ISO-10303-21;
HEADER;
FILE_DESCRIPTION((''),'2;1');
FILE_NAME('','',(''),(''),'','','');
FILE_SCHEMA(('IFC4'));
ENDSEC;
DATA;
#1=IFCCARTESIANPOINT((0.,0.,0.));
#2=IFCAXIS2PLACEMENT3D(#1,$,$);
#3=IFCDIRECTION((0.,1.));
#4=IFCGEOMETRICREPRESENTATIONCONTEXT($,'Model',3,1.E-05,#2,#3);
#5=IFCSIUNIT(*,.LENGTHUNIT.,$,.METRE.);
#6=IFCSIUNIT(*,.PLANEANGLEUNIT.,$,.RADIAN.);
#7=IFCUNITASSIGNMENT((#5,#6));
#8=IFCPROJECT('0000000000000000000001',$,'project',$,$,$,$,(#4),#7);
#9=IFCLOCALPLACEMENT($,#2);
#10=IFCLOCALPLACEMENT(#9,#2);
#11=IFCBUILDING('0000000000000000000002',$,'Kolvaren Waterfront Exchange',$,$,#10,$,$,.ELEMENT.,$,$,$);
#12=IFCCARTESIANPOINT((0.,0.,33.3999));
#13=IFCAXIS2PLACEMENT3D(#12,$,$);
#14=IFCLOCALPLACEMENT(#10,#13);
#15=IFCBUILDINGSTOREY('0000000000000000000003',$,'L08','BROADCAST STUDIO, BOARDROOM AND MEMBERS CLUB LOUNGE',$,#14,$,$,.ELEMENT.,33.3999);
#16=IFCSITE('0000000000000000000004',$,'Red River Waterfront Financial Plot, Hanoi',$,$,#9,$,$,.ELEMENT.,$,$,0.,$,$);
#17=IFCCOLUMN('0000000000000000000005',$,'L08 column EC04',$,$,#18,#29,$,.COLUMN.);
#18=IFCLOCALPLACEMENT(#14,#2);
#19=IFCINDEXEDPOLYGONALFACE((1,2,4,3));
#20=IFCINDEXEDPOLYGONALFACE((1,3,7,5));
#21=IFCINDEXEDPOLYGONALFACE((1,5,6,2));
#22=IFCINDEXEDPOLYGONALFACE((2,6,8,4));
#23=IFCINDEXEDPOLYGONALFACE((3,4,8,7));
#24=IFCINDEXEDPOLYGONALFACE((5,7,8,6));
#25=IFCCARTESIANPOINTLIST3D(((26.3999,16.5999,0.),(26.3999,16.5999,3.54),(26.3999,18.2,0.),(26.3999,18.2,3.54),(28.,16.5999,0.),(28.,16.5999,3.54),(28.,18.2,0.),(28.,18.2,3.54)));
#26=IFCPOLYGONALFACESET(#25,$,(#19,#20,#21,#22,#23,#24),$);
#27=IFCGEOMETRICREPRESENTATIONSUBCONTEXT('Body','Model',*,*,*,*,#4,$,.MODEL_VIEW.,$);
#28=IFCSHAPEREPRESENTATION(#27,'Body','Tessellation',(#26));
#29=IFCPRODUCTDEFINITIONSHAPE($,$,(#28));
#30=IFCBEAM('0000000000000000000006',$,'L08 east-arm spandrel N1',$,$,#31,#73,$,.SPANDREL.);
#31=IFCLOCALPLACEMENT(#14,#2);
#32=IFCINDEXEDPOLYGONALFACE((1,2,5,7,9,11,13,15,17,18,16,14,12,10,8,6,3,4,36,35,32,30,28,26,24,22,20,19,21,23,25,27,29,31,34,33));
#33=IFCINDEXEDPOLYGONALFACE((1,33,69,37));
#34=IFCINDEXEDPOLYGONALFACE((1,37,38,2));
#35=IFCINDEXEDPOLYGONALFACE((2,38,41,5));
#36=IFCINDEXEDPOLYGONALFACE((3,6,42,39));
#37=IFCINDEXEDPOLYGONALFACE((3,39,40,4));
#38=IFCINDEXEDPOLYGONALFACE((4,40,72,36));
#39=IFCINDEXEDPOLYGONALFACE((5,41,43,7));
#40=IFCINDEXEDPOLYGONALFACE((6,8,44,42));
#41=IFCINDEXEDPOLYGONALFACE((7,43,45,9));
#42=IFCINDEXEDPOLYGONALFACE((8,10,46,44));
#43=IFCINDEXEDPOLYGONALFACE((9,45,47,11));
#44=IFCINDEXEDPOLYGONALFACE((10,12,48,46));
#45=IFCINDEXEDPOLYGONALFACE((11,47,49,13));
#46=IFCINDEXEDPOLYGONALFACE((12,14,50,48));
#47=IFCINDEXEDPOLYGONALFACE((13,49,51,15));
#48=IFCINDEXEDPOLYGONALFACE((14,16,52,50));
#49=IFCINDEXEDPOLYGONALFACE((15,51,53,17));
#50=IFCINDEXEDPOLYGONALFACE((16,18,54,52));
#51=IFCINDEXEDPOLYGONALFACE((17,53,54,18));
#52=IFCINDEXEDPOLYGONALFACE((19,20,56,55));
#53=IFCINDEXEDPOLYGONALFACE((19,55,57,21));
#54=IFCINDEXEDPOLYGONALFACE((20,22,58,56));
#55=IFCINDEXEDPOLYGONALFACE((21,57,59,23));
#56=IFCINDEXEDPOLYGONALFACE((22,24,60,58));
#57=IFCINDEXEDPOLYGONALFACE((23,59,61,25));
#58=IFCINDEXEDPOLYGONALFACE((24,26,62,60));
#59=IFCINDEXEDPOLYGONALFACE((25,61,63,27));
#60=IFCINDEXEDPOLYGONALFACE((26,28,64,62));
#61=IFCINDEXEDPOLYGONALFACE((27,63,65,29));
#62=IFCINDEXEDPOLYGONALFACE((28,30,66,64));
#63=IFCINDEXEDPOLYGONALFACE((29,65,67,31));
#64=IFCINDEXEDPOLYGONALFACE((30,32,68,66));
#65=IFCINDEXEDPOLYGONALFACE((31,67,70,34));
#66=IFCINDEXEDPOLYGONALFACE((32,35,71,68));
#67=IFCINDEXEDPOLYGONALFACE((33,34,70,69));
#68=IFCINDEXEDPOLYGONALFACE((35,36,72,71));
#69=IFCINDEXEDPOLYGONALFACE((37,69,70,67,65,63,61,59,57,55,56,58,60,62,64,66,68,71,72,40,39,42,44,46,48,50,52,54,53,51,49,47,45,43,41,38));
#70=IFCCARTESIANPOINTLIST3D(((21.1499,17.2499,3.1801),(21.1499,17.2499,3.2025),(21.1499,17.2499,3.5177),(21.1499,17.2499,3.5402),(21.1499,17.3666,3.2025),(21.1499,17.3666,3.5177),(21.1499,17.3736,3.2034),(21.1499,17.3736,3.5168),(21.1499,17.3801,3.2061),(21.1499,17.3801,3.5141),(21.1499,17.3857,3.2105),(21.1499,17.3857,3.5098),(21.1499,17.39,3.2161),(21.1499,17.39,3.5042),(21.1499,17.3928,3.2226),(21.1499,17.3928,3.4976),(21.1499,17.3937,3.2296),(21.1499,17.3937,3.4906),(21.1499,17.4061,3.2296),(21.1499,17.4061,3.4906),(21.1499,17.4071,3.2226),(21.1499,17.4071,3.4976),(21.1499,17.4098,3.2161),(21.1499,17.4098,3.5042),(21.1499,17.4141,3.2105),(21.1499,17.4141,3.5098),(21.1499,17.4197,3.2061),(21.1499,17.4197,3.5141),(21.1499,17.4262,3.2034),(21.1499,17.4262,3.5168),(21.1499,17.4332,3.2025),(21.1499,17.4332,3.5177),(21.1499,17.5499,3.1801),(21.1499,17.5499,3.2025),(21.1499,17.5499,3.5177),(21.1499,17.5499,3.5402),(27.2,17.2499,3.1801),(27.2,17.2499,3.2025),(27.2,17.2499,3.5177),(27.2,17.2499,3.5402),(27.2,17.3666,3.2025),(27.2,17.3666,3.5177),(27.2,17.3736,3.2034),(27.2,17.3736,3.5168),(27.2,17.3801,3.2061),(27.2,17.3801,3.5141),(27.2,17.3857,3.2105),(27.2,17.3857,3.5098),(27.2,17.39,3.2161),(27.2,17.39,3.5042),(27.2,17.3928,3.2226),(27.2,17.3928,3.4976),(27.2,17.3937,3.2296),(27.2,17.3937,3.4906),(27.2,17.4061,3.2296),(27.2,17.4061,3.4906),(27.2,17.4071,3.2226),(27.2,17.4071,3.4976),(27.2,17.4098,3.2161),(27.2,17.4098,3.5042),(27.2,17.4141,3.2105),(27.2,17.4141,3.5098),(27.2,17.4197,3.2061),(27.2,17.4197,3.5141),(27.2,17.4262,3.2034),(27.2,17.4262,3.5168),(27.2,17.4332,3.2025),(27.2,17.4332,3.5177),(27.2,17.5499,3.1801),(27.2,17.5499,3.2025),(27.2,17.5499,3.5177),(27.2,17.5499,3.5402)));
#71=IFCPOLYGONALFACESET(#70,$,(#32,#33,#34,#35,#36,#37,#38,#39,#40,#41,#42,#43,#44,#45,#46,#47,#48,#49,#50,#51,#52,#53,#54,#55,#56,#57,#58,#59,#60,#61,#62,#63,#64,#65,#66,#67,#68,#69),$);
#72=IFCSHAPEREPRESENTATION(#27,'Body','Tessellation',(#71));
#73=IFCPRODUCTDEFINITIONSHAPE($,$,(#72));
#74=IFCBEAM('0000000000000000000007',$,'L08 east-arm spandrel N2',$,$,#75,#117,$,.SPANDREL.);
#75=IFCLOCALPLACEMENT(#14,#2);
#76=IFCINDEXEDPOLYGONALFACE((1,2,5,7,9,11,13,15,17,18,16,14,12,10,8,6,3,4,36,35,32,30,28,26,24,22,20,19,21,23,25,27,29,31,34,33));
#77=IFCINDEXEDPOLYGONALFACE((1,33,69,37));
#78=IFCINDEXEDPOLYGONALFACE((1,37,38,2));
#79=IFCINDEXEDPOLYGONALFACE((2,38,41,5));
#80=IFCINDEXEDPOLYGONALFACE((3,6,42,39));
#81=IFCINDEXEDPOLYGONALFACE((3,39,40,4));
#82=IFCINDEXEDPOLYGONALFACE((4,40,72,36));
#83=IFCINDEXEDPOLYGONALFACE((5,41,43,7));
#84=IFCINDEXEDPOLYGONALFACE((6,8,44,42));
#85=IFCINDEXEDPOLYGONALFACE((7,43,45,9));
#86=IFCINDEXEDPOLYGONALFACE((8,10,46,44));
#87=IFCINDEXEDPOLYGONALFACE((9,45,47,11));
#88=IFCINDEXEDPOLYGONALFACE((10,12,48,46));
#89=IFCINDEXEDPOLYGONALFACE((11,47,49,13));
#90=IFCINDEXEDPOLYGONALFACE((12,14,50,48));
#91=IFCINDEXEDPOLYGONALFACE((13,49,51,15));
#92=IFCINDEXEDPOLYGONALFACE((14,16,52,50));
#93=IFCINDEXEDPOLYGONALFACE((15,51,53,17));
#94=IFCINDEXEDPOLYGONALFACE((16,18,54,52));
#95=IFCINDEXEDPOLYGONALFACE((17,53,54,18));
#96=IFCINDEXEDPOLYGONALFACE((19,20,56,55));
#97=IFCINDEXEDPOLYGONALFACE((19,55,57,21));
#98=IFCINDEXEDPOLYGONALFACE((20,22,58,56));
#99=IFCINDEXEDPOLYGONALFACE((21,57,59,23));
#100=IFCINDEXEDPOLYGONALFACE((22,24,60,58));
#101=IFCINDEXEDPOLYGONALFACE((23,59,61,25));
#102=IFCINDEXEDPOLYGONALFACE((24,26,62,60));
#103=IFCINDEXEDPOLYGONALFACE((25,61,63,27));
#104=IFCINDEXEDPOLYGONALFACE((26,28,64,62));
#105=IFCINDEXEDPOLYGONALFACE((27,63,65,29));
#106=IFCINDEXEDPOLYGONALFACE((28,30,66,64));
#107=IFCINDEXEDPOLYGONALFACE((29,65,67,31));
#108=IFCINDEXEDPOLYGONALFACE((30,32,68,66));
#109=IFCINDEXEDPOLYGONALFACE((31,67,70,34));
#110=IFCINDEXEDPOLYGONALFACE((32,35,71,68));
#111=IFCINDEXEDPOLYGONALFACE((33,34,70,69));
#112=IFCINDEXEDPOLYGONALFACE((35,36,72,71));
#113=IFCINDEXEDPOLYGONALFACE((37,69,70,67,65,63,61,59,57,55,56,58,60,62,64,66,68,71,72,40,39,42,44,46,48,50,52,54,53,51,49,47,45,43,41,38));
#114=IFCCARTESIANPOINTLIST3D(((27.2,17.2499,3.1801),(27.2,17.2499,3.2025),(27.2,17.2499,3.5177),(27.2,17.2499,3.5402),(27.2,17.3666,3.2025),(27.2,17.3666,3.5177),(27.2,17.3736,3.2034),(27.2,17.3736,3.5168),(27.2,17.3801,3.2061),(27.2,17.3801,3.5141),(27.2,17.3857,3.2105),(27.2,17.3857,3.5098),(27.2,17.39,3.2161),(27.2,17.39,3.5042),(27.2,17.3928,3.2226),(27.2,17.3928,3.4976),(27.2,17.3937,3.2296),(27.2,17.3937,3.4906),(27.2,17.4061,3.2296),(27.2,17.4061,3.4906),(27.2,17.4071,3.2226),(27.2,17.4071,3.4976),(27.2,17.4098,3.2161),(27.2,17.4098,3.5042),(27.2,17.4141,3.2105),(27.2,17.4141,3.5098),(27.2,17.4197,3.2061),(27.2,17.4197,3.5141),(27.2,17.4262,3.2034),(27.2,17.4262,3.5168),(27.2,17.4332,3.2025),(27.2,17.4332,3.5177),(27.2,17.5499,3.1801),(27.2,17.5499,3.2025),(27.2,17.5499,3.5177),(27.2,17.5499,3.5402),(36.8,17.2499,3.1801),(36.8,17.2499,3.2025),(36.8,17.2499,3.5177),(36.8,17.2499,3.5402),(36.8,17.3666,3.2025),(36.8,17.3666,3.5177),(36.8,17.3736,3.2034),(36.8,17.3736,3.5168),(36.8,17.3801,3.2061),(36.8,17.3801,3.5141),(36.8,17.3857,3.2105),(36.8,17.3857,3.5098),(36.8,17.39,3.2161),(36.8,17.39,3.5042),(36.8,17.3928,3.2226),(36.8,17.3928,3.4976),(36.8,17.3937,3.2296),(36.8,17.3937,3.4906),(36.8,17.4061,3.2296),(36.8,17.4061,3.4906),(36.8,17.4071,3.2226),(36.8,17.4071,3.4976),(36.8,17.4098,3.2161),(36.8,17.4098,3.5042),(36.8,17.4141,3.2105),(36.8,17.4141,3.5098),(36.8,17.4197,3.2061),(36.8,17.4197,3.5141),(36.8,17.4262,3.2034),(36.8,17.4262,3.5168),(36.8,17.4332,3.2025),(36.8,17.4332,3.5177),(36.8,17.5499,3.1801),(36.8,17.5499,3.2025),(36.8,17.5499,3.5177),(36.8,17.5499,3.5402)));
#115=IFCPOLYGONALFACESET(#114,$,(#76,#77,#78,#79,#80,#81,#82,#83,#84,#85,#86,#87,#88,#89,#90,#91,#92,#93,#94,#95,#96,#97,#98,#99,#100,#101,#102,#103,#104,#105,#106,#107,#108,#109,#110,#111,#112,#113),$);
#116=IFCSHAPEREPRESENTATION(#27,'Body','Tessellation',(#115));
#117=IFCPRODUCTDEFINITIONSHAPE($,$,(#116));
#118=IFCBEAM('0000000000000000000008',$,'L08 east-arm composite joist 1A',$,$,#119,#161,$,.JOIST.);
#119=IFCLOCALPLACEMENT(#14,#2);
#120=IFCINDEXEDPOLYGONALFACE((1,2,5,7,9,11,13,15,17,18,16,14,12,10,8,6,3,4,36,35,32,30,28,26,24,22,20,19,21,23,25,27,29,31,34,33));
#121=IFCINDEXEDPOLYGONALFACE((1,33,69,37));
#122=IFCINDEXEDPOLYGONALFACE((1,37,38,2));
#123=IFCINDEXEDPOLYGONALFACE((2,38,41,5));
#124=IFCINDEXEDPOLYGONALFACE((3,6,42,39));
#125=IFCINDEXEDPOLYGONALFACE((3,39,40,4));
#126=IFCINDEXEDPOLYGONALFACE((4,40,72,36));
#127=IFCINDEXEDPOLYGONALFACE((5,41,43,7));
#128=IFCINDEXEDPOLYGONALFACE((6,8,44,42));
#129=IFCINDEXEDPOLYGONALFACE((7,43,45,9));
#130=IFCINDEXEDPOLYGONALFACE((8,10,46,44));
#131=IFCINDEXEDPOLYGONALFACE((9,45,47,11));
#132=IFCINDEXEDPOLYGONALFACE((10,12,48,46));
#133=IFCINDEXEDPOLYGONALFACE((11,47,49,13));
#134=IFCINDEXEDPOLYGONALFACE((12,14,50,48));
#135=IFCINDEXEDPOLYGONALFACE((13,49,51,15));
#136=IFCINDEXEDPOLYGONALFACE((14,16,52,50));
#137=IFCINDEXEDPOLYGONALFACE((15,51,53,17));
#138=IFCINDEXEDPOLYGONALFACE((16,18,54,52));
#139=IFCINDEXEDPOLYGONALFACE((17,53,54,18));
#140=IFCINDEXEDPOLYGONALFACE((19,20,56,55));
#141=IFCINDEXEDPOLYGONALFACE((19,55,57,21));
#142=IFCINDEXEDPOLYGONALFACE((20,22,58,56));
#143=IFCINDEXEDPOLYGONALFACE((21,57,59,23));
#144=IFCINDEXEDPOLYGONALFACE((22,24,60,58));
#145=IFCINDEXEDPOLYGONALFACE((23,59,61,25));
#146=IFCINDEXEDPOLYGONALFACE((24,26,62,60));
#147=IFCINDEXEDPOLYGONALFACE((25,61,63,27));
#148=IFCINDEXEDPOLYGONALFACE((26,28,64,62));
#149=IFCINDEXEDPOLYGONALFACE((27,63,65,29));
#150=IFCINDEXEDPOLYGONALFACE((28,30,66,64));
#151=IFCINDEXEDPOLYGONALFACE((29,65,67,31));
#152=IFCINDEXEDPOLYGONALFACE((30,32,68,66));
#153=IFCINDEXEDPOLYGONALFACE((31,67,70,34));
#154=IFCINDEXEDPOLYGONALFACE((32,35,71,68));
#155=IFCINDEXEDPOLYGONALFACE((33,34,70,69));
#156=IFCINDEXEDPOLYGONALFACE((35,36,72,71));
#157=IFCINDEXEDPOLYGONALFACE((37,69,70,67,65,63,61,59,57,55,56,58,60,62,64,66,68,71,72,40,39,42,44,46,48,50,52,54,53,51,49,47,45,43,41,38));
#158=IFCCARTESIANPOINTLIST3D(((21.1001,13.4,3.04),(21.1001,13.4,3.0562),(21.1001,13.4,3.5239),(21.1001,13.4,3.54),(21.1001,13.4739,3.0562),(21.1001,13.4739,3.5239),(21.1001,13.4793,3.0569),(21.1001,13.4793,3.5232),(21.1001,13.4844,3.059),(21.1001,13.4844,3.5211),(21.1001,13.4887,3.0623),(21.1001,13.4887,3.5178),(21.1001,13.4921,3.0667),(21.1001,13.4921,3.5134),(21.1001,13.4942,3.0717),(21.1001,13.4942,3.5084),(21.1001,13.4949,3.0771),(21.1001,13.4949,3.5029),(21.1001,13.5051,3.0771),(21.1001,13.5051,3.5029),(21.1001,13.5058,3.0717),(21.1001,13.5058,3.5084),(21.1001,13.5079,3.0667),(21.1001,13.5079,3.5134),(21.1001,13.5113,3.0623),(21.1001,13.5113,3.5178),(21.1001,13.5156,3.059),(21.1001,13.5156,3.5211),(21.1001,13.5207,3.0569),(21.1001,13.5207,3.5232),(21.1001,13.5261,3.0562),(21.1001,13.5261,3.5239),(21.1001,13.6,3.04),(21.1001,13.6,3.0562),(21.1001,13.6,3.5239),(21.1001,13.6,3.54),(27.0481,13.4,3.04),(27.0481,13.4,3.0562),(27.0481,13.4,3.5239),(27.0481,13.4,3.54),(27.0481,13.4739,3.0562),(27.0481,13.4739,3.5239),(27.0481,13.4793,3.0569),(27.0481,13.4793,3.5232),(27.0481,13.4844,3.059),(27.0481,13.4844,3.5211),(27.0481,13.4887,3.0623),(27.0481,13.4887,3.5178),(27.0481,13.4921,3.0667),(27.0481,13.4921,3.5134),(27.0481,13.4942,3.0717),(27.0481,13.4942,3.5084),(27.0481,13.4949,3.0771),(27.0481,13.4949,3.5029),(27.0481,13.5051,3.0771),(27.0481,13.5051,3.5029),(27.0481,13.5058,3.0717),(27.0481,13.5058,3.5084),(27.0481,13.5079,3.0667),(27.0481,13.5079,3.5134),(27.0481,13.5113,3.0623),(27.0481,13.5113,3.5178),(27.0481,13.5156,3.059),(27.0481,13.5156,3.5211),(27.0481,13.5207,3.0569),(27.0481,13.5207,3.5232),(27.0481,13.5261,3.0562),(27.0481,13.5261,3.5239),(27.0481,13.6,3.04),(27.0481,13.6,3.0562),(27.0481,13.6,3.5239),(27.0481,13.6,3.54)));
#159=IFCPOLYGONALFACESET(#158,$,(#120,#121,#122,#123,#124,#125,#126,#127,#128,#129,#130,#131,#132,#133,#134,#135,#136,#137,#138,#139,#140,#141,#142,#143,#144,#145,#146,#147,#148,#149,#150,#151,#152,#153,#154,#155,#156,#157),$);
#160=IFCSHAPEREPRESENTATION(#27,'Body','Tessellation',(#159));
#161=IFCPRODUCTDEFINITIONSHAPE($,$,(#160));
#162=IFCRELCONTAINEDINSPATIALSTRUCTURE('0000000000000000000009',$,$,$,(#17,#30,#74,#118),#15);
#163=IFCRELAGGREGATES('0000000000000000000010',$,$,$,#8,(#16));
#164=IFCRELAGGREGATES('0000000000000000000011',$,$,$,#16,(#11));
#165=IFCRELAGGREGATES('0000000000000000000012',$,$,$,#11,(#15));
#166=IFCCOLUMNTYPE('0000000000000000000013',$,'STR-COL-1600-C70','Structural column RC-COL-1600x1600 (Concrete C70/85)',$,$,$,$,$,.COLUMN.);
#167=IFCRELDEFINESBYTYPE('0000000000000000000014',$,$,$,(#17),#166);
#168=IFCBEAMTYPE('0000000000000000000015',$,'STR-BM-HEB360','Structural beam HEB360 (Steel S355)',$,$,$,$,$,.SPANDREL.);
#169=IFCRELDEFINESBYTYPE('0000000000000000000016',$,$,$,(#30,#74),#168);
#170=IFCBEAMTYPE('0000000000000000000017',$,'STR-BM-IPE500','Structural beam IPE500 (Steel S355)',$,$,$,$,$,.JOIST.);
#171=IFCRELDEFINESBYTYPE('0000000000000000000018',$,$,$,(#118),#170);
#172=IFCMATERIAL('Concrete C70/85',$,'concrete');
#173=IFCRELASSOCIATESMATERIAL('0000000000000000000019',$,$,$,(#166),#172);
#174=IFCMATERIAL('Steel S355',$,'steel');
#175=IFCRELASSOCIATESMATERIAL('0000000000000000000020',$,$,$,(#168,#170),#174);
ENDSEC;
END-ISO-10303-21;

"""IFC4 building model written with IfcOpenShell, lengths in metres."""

from ifc_helpers import new_model, si_unit, direction, frame, origin, origin_2d, place, context, subcontext, project, spatial, rectangle, i_section, extrude, material, material_profile, profile_set, type_object, element, save


model = new_model("IFC4")

# Units and contexts
model_context = context("Model", 3, precision=1e-05, world=origin(), true_north=direction((0.0, 1.0)))
body_context = subcontext(model_context, "Body", "Model", "MODEL_VIEW")
ifc_project = project(units=[si_unit("LENGTHUNIT", "METRE"), si_unit("PLANEANGLEUNIT", "RADIAN")], contexts=[model_context])

# Site, building, storey
site_placement = place(None, origin())
site = spatial("IfcSite", under=ifc_project, at=site_placement, Name="Red River Waterfront Financial Plot, Hanoi", CompositionType="ELEMENT", RefElevation=0.0)
building_placement = place(site_placement, origin())
building = spatial("IfcBuilding", under=site, at=building_placement, Name="Kolvaren Waterfront Exchange", CompositionType="ELEMENT")
storey_placement = place(building_placement, frame((0.0, 0.0, 33.3999)))
storey = spatial("IfcBuildingStorey", under=building, at=storey_placement, Name="L08", Description="BROADCAST STUDIO, BOARDROOM AND MEMBERS CLUB LOUNGE", CompositionType="ELEMENT", Elevation=33.3999)

# Column
ifc_material_1 = material(Name="Concrete C70/85", Category="concrete")
ifc_material_profile_1 = material_profile(ifc_material_1, rectangle(XDim=1.6001, YDim=1.6001, at=origin_2d()), Name="RC-COL-1600x1600")
ifc_profile_set_1 = profile_set([ifc_material_profile_1], Name="Concrete C70/85")
column_type = type_object("IfcColumnType", Name="STR-COL-1600-C70", Description="Structural column RC-COL-1600x1600 (Concrete C70/85)", PredefinedType="COLUMN", material=ifc_profile_set_1)
column_placement = place(storey_placement, frame((27.2, 17.3999, 0.0), z_axis=(0.0, 0.0, 1.0), x_axis=(1.0, 0.0, 0.0)))
element("IfcColumn", 1, at=column_placement, inside=storey, type_object=column_type, Name="L08 column EC04", PredefinedType="COLUMN", context=body_context, shape_type="SweptSolid", body=[
    extrude(rectangle(XDim=1.6001, YDim=1.6001, at=origin_2d()), origin(), (0.0, 0.0, 1.0), 3.54),
])

# Beams
ifc_material_2 = material(Name="Steel S355", Category="steel")
ifc_material_profile_2 = material_profile(ifc_material_2, i_section(OverallWidth=0.3, OverallDepth=0.3601, WebThickness=0.0125, FlangeThickness=0.0225, FilletRadius=0.0271, at=origin_2d()), Name="HEB360")
ifc_profile_set_2 = profile_set([ifc_material_profile_2], Name="Steel S355")
beam_type_1 = type_object("IfcBeamType", Name="STR-BM-HEB360", Description="Structural beam HEB360 (Steel S355)", PredefinedType="SPANDREL", material=ifc_profile_set_2)
beam_1_placement = place(storey_placement, frame((21.1499, 17.3999, 3.3601), z_axis=(1.0, 0.0, 0.0), x_axis=(0.0, 1.0, 0.0)))
element("IfcBeam", 2, at=beam_1_placement, inside=storey, type_object=beam_type_1, Name="L08 east-arm spandrel N1", PredefinedType="SPANDREL", context=body_context, shape_type="SweptSolid", body=[
    extrude(i_section(OverallWidth=0.3, OverallDepth=0.3601, WebThickness=0.0125, FlangeThickness=0.0225, FilletRadius=0.0271, at=origin_2d()), origin(), (0.0, 0.0, 1.0), 6.05),
])
beam_2_placement = place(storey_placement, frame((27.2, 17.3999, 3.3601), z_axis=(1.0, 0.0, 0.0), x_axis=(0.0, 1.0, 0.0)))
element("IfcBeam", 3, at=beam_2_placement, inside=storey, type_object=beam_type_1, Name="L08 east-arm spandrel N2", PredefinedType="SPANDREL", context=body_context, shape_type="SweptSolid", body=[
    extrude(i_section(OverallWidth=0.3, OverallDepth=0.3601, WebThickness=0.0125, FlangeThickness=0.0225, FilletRadius=0.0271, at=origin_2d()), origin(), (0.0, 0.0, 1.0), 9.6001),
])
ifc_material_profile_3 = material_profile(ifc_material_2, i_section(OverallWidth=0.2, OverallDepth=0.5, WebThickness=0.0103, FlangeThickness=0.0161, FilletRadius=0.021, at=origin_2d()), Name="IPE500")
ifc_profile_set_3 = profile_set([ifc_material_profile_3], Name="Steel S355")
beam_type_2 = type_object("IfcBeamType", Name="STR-BM-IPE500", Description="Structural beam IPE500 (Steel S355)", PredefinedType="JOIST", material=ifc_profile_set_3)
for number, where, z_axis, x_axis, name in (
    (4, (21.1001, 13.5, 3.29), (1.0, 0.0, 0.0), (0.0, 1.0, 0.0), "L08 east-arm composite joist 1A"),
):
    element("IfcBeam", number, at=place(storey_placement, frame(where, z_axis=z_axis, x_axis=x_axis)), inside=storey, type_object=beam_type_2, Name=name, PredefinedType="JOIST", context=body_context, shape_type="SweptSolid", body=[
        extrude(i_section(OverallWidth=0.2, OverallDepth=0.5, WebThickness=0.0103, FlangeThickness=0.0161, FilletRadius=0.021, at=origin_2d()), origin(), (0.0, 0.0, 1.0), 5.948),
    ])

save(model, "model.ifc")
